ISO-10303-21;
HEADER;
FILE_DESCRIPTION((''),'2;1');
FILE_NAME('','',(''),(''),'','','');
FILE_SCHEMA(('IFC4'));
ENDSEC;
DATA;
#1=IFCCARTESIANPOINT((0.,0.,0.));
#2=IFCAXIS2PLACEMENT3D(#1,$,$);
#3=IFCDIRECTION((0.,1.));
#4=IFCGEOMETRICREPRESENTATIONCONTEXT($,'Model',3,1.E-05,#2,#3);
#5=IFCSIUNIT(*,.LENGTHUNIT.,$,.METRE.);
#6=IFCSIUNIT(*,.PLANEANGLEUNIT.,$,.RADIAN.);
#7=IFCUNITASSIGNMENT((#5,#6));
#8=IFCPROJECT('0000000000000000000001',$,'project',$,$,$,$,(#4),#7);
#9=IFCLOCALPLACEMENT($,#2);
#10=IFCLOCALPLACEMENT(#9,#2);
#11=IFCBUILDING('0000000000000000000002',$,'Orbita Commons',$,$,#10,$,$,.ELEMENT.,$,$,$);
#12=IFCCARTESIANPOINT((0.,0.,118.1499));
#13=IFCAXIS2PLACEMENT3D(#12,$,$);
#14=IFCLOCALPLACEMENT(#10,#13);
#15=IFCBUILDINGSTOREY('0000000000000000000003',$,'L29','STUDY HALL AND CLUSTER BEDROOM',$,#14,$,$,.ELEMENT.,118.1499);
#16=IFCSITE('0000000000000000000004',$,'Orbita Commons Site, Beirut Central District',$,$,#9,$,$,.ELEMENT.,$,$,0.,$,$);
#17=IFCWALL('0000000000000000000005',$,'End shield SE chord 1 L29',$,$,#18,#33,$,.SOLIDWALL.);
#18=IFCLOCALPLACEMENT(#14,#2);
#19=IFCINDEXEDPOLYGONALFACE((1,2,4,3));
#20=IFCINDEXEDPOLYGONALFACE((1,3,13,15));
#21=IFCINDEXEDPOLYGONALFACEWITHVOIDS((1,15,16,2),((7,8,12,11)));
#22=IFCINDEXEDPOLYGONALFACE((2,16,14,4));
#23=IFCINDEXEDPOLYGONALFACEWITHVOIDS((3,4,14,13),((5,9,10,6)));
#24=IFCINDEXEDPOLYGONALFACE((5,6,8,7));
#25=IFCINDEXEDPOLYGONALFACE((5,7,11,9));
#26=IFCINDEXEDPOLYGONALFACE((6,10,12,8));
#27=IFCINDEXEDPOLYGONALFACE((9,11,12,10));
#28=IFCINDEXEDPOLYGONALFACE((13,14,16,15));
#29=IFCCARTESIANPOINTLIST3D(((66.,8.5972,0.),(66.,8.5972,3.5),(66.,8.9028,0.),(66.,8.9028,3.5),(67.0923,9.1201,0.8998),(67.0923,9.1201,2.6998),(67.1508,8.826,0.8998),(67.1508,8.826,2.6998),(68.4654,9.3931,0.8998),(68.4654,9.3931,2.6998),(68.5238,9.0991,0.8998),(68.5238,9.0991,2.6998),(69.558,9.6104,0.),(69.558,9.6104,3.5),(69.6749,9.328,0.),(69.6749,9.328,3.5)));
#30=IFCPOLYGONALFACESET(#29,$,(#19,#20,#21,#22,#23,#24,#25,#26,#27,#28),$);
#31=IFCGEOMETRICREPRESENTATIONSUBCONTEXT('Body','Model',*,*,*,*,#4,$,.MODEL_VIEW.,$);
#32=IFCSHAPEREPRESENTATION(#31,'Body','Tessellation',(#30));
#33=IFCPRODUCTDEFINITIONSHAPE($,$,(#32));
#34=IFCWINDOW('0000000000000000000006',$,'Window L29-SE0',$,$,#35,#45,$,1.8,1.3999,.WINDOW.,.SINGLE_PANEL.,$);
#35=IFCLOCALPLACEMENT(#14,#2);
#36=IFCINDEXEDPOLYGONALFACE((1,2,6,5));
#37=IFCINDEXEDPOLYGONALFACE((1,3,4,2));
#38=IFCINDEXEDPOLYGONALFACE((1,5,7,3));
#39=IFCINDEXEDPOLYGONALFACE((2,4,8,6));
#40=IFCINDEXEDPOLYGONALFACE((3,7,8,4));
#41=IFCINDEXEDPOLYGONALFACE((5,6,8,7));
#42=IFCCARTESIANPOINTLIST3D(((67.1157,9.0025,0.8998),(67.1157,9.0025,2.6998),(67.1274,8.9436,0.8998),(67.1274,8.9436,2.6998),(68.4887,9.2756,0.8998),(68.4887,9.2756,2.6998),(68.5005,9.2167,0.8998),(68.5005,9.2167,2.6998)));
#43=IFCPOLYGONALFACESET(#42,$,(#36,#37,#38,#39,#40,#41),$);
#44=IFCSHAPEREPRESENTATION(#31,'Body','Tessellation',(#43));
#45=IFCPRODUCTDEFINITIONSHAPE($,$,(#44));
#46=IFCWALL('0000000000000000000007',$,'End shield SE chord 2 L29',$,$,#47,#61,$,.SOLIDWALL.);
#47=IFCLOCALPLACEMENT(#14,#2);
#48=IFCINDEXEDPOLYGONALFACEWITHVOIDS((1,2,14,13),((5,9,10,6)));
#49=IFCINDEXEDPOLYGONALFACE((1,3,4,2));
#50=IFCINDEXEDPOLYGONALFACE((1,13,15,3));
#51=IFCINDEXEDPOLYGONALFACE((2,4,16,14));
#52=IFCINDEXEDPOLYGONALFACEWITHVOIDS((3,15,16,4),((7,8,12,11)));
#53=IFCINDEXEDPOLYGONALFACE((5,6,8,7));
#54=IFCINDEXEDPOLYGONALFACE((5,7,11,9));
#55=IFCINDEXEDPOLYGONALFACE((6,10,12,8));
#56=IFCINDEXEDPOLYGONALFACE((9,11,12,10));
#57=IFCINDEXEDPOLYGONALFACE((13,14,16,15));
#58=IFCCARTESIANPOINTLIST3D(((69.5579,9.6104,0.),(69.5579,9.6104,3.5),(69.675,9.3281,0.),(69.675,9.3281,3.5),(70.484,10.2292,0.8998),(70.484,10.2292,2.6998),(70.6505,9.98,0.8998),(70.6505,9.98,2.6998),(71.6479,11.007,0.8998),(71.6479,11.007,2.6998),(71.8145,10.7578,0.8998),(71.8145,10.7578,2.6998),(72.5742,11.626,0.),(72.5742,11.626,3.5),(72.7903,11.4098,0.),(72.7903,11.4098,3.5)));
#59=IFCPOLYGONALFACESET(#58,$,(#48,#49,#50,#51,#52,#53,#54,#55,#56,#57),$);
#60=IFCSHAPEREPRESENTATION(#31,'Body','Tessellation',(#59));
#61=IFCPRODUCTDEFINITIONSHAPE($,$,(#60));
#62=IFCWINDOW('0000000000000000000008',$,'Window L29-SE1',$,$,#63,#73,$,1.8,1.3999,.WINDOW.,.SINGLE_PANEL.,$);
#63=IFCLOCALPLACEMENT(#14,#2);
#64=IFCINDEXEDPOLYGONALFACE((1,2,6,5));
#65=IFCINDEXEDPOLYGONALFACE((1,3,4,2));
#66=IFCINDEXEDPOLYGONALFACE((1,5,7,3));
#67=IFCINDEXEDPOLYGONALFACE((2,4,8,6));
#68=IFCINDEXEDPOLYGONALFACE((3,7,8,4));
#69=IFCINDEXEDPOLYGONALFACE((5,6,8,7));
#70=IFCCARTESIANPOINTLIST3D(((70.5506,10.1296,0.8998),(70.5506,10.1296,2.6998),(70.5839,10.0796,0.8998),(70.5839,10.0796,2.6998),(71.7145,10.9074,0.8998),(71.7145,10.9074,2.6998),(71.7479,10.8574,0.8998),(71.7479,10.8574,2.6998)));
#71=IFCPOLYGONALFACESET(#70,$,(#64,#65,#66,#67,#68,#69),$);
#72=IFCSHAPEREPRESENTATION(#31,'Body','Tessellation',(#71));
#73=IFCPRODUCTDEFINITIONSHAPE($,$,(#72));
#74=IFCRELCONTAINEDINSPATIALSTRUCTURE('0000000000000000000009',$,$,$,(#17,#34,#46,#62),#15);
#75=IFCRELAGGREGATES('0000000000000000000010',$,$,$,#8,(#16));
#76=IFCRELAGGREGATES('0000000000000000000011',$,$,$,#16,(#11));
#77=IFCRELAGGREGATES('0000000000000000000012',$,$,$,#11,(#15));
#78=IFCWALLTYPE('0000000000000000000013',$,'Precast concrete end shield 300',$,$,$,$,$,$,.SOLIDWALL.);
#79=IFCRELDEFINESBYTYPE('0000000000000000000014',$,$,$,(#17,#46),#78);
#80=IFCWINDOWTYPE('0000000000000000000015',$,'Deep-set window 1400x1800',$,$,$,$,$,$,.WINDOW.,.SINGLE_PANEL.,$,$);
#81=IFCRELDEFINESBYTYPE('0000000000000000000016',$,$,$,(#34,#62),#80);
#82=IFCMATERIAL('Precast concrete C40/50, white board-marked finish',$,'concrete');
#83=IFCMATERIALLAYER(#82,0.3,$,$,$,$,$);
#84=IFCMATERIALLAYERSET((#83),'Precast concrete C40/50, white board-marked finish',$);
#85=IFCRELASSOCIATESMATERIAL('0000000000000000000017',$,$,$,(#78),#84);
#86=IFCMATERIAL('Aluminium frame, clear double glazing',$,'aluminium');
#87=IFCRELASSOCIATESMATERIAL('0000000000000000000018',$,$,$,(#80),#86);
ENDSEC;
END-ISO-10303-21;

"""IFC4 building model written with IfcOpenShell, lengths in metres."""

from ifc_helpers import new_model, si_unit, direction, frame, frame_2d, origin, place, context, subcontext, project, spatial, polyline, rectangle, outline, extrude, material, layer, layer_set, type_object, element, fill, save


model = new_model("IFC4")

# Units and contexts
model_context = context("Model", 3, precision=1e-05, world=origin(), true_north=direction((0.0, 1.0)))
body_context = subcontext(model_context, "Body", "Model", "MODEL_VIEW")
ifc_project = project(units=[si_unit("LENGTHUNIT", "METRE"), si_unit("PLANEANGLEUNIT", "RADIAN")], contexts=[model_context])

# Site, building, storey
site_placement = place(None, origin())
site = spatial("IfcSite", under=ifc_project, at=site_placement, Name="Orbita Commons Site, Beirut Central District", CompositionType="ELEMENT", RefElevation=0.0)
building_placement = place(site_placement, origin())
building = spatial("IfcBuilding", under=site, at=building_placement, Name="Orbita Commons", CompositionType="ELEMENT")
storey_placement = place(building_placement, frame((0.0, 0.0, 118.1499)))
storey = spatial("IfcBuildingStorey", under=building, at=storey_placement, Name="L29", Description="STUDY HALL AND CLUSTER BEDROOM", CompositionType="ELEMENT", Elevation=118.1499)

# Walls, openings, windows
ifc_material_1 = material(Name="Precast concrete C40/50, white board-marked finish", Category="concrete")
ifc_layer_1 = layer(ifc_material_1, 0.3)
ifc_layer_set_1 = layer_set([ifc_layer_1], Name="Precast concrete C40/50, white board-marked finish")
wall_type_1 = type_object("IfcWallType", Name="Precast concrete end shield 300", PredefinedType="SOLIDWALL", material=ifc_layer_set_1)
wall_1_placement = place(storey_placement, frame((66.0, 8.75, 0.0), z_axis=(0.0, 0.0, 1.0), x_axis=(0.980791, 0.195059, 0.0)))
wall_1 = element("IfcWall", 1, at=wall_1_placement, inside=storey, type_object=wall_type_1, Name="End shield SE chord 1 L29", PredefinedType="SOLIDWALL", context=body_context, shape_type="SweptSolid", body=[
    extrude(outline(polyline([(-0.0298, -0.1499), (3.717, -0.1499), (3.6575, 0.1499), (0.0298, 0.1499), (-0.0298, -0.1499)])), origin(), (0.0, 0.0, 1.0), 3.5),
])
opening_1_placement = place(wall_1_placement, frame((1.1436, 0.0, 0.8999)))
opening_1 = element("IfcOpeningElement", 2, at=opening_1_placement, cuts=wall_1, PredefinedType="OPENING", context=body_context, shape_type="SweptSolid", body=[
    extrude(rectangle(XDim=1.3999, YDim=1.8, at=frame_2d((0.7, 0.8999))), frame((0.0, 0.1599, 0.0), z_axis=(0.0, -1.0, 0.0), x_axis=(1.0, 0.0, 0.0)), (0.0, 0.0, 1.0), 0.3201),
])
ifc_material_2 = material(Name="Aluminium frame, clear double glazing", Category="aluminium")
window_type = type_object("IfcWindowType", Name="Deep-set window 1400x1800", PartitioningType="SINGLE_PANEL", PredefinedType="WINDOW", material=ifc_material_2)
window_1_placement = place(opening_1_placement, origin())
window_1 = element("IfcWindow", 3, at=window_1_placement, inside=storey, type_object=window_type, Name="Window L29-SE0", OverallHeight=1.8, OverallWidth=1.3999, PartitioningType="SINGLE_PANEL", PredefinedType="WINDOW", context=body_context, shape_type="SweptSolid", body=[
    extrude(rectangle(XDim=1.3999, YDim=1.8, at=frame_2d((0.7, 0.8999))), frame((0.0, 0.03, 0.0), z_axis=(0.0, -1.0, 0.0), x_axis=(1.0, 0.0, 0.0)), (0.0, 0.0, 1.0), 0.0601),
])
fill(opening_1, window_1)
wall_2_placement = place(storey_placement, frame((69.6165, 9.4692, 0.0), z_axis=(0.0, 0.0, 1.0), x_axis=(0.831449, 0.555601, 0.0)))
wall_2 = element("IfcWall", 4, at=wall_2_placement, inside=storey, type_object=wall_type_1, Name="End shield SE chord 2 L29", PredefinedType="SOLIDWALL", context=body_context, shape_type="SweptSolid", body=[
    extrude(outline(polyline([(-0.0298, -0.1499), (3.717, -0.1499), (3.6575, 0.1499), (0.0298, 0.1499), (-0.0298, -0.1499)])), origin(), (0.0, 0.0, 1.0), 3.5),
])
opening_2_placement = place(wall_2_placement, frame((1.1436, 0.0, 0.8999)))
opening_2 = element("IfcOpeningElement", 5, at=opening_2_placement, cuts=wall_2, PredefinedType="OPENING", context=body_context, shape_type="SweptSolid", body=[
    extrude(rectangle(XDim=1.3999, YDim=1.8, at=frame_2d((0.7, 0.8999))), frame((0.0, 0.1599, 0.0), z_axis=(0.0, -1.0, 0.0), x_axis=(1.0, 0.0, 0.0)), (0.0, 0.0, 1.0), 0.3201),
])
window_2_placement = place(opening_2_placement, origin())
window_2 = element("IfcWindow", 6, at=window_2_placement, inside=storey, type_object=window_type, Name="Window L29-SE1", OverallHeight=1.8, OverallWidth=1.3999, PartitioningType="SINGLE_PANEL", PredefinedType="WINDOW", context=body_context, shape_type="SweptSolid", body=[
    extrude(rectangle(XDim=1.3999, YDim=1.8, at=frame_2d((0.7, 0.8999))), frame((0.0, 0.03, 0.0), z_axis=(0.0, -1.0, 0.0), x_axis=(1.0, 0.0, 0.0)), (0.0, 0.0, 1.0), 0.0601),
])
fill(opening_2, window_2)

save(model, "model.ifc")
